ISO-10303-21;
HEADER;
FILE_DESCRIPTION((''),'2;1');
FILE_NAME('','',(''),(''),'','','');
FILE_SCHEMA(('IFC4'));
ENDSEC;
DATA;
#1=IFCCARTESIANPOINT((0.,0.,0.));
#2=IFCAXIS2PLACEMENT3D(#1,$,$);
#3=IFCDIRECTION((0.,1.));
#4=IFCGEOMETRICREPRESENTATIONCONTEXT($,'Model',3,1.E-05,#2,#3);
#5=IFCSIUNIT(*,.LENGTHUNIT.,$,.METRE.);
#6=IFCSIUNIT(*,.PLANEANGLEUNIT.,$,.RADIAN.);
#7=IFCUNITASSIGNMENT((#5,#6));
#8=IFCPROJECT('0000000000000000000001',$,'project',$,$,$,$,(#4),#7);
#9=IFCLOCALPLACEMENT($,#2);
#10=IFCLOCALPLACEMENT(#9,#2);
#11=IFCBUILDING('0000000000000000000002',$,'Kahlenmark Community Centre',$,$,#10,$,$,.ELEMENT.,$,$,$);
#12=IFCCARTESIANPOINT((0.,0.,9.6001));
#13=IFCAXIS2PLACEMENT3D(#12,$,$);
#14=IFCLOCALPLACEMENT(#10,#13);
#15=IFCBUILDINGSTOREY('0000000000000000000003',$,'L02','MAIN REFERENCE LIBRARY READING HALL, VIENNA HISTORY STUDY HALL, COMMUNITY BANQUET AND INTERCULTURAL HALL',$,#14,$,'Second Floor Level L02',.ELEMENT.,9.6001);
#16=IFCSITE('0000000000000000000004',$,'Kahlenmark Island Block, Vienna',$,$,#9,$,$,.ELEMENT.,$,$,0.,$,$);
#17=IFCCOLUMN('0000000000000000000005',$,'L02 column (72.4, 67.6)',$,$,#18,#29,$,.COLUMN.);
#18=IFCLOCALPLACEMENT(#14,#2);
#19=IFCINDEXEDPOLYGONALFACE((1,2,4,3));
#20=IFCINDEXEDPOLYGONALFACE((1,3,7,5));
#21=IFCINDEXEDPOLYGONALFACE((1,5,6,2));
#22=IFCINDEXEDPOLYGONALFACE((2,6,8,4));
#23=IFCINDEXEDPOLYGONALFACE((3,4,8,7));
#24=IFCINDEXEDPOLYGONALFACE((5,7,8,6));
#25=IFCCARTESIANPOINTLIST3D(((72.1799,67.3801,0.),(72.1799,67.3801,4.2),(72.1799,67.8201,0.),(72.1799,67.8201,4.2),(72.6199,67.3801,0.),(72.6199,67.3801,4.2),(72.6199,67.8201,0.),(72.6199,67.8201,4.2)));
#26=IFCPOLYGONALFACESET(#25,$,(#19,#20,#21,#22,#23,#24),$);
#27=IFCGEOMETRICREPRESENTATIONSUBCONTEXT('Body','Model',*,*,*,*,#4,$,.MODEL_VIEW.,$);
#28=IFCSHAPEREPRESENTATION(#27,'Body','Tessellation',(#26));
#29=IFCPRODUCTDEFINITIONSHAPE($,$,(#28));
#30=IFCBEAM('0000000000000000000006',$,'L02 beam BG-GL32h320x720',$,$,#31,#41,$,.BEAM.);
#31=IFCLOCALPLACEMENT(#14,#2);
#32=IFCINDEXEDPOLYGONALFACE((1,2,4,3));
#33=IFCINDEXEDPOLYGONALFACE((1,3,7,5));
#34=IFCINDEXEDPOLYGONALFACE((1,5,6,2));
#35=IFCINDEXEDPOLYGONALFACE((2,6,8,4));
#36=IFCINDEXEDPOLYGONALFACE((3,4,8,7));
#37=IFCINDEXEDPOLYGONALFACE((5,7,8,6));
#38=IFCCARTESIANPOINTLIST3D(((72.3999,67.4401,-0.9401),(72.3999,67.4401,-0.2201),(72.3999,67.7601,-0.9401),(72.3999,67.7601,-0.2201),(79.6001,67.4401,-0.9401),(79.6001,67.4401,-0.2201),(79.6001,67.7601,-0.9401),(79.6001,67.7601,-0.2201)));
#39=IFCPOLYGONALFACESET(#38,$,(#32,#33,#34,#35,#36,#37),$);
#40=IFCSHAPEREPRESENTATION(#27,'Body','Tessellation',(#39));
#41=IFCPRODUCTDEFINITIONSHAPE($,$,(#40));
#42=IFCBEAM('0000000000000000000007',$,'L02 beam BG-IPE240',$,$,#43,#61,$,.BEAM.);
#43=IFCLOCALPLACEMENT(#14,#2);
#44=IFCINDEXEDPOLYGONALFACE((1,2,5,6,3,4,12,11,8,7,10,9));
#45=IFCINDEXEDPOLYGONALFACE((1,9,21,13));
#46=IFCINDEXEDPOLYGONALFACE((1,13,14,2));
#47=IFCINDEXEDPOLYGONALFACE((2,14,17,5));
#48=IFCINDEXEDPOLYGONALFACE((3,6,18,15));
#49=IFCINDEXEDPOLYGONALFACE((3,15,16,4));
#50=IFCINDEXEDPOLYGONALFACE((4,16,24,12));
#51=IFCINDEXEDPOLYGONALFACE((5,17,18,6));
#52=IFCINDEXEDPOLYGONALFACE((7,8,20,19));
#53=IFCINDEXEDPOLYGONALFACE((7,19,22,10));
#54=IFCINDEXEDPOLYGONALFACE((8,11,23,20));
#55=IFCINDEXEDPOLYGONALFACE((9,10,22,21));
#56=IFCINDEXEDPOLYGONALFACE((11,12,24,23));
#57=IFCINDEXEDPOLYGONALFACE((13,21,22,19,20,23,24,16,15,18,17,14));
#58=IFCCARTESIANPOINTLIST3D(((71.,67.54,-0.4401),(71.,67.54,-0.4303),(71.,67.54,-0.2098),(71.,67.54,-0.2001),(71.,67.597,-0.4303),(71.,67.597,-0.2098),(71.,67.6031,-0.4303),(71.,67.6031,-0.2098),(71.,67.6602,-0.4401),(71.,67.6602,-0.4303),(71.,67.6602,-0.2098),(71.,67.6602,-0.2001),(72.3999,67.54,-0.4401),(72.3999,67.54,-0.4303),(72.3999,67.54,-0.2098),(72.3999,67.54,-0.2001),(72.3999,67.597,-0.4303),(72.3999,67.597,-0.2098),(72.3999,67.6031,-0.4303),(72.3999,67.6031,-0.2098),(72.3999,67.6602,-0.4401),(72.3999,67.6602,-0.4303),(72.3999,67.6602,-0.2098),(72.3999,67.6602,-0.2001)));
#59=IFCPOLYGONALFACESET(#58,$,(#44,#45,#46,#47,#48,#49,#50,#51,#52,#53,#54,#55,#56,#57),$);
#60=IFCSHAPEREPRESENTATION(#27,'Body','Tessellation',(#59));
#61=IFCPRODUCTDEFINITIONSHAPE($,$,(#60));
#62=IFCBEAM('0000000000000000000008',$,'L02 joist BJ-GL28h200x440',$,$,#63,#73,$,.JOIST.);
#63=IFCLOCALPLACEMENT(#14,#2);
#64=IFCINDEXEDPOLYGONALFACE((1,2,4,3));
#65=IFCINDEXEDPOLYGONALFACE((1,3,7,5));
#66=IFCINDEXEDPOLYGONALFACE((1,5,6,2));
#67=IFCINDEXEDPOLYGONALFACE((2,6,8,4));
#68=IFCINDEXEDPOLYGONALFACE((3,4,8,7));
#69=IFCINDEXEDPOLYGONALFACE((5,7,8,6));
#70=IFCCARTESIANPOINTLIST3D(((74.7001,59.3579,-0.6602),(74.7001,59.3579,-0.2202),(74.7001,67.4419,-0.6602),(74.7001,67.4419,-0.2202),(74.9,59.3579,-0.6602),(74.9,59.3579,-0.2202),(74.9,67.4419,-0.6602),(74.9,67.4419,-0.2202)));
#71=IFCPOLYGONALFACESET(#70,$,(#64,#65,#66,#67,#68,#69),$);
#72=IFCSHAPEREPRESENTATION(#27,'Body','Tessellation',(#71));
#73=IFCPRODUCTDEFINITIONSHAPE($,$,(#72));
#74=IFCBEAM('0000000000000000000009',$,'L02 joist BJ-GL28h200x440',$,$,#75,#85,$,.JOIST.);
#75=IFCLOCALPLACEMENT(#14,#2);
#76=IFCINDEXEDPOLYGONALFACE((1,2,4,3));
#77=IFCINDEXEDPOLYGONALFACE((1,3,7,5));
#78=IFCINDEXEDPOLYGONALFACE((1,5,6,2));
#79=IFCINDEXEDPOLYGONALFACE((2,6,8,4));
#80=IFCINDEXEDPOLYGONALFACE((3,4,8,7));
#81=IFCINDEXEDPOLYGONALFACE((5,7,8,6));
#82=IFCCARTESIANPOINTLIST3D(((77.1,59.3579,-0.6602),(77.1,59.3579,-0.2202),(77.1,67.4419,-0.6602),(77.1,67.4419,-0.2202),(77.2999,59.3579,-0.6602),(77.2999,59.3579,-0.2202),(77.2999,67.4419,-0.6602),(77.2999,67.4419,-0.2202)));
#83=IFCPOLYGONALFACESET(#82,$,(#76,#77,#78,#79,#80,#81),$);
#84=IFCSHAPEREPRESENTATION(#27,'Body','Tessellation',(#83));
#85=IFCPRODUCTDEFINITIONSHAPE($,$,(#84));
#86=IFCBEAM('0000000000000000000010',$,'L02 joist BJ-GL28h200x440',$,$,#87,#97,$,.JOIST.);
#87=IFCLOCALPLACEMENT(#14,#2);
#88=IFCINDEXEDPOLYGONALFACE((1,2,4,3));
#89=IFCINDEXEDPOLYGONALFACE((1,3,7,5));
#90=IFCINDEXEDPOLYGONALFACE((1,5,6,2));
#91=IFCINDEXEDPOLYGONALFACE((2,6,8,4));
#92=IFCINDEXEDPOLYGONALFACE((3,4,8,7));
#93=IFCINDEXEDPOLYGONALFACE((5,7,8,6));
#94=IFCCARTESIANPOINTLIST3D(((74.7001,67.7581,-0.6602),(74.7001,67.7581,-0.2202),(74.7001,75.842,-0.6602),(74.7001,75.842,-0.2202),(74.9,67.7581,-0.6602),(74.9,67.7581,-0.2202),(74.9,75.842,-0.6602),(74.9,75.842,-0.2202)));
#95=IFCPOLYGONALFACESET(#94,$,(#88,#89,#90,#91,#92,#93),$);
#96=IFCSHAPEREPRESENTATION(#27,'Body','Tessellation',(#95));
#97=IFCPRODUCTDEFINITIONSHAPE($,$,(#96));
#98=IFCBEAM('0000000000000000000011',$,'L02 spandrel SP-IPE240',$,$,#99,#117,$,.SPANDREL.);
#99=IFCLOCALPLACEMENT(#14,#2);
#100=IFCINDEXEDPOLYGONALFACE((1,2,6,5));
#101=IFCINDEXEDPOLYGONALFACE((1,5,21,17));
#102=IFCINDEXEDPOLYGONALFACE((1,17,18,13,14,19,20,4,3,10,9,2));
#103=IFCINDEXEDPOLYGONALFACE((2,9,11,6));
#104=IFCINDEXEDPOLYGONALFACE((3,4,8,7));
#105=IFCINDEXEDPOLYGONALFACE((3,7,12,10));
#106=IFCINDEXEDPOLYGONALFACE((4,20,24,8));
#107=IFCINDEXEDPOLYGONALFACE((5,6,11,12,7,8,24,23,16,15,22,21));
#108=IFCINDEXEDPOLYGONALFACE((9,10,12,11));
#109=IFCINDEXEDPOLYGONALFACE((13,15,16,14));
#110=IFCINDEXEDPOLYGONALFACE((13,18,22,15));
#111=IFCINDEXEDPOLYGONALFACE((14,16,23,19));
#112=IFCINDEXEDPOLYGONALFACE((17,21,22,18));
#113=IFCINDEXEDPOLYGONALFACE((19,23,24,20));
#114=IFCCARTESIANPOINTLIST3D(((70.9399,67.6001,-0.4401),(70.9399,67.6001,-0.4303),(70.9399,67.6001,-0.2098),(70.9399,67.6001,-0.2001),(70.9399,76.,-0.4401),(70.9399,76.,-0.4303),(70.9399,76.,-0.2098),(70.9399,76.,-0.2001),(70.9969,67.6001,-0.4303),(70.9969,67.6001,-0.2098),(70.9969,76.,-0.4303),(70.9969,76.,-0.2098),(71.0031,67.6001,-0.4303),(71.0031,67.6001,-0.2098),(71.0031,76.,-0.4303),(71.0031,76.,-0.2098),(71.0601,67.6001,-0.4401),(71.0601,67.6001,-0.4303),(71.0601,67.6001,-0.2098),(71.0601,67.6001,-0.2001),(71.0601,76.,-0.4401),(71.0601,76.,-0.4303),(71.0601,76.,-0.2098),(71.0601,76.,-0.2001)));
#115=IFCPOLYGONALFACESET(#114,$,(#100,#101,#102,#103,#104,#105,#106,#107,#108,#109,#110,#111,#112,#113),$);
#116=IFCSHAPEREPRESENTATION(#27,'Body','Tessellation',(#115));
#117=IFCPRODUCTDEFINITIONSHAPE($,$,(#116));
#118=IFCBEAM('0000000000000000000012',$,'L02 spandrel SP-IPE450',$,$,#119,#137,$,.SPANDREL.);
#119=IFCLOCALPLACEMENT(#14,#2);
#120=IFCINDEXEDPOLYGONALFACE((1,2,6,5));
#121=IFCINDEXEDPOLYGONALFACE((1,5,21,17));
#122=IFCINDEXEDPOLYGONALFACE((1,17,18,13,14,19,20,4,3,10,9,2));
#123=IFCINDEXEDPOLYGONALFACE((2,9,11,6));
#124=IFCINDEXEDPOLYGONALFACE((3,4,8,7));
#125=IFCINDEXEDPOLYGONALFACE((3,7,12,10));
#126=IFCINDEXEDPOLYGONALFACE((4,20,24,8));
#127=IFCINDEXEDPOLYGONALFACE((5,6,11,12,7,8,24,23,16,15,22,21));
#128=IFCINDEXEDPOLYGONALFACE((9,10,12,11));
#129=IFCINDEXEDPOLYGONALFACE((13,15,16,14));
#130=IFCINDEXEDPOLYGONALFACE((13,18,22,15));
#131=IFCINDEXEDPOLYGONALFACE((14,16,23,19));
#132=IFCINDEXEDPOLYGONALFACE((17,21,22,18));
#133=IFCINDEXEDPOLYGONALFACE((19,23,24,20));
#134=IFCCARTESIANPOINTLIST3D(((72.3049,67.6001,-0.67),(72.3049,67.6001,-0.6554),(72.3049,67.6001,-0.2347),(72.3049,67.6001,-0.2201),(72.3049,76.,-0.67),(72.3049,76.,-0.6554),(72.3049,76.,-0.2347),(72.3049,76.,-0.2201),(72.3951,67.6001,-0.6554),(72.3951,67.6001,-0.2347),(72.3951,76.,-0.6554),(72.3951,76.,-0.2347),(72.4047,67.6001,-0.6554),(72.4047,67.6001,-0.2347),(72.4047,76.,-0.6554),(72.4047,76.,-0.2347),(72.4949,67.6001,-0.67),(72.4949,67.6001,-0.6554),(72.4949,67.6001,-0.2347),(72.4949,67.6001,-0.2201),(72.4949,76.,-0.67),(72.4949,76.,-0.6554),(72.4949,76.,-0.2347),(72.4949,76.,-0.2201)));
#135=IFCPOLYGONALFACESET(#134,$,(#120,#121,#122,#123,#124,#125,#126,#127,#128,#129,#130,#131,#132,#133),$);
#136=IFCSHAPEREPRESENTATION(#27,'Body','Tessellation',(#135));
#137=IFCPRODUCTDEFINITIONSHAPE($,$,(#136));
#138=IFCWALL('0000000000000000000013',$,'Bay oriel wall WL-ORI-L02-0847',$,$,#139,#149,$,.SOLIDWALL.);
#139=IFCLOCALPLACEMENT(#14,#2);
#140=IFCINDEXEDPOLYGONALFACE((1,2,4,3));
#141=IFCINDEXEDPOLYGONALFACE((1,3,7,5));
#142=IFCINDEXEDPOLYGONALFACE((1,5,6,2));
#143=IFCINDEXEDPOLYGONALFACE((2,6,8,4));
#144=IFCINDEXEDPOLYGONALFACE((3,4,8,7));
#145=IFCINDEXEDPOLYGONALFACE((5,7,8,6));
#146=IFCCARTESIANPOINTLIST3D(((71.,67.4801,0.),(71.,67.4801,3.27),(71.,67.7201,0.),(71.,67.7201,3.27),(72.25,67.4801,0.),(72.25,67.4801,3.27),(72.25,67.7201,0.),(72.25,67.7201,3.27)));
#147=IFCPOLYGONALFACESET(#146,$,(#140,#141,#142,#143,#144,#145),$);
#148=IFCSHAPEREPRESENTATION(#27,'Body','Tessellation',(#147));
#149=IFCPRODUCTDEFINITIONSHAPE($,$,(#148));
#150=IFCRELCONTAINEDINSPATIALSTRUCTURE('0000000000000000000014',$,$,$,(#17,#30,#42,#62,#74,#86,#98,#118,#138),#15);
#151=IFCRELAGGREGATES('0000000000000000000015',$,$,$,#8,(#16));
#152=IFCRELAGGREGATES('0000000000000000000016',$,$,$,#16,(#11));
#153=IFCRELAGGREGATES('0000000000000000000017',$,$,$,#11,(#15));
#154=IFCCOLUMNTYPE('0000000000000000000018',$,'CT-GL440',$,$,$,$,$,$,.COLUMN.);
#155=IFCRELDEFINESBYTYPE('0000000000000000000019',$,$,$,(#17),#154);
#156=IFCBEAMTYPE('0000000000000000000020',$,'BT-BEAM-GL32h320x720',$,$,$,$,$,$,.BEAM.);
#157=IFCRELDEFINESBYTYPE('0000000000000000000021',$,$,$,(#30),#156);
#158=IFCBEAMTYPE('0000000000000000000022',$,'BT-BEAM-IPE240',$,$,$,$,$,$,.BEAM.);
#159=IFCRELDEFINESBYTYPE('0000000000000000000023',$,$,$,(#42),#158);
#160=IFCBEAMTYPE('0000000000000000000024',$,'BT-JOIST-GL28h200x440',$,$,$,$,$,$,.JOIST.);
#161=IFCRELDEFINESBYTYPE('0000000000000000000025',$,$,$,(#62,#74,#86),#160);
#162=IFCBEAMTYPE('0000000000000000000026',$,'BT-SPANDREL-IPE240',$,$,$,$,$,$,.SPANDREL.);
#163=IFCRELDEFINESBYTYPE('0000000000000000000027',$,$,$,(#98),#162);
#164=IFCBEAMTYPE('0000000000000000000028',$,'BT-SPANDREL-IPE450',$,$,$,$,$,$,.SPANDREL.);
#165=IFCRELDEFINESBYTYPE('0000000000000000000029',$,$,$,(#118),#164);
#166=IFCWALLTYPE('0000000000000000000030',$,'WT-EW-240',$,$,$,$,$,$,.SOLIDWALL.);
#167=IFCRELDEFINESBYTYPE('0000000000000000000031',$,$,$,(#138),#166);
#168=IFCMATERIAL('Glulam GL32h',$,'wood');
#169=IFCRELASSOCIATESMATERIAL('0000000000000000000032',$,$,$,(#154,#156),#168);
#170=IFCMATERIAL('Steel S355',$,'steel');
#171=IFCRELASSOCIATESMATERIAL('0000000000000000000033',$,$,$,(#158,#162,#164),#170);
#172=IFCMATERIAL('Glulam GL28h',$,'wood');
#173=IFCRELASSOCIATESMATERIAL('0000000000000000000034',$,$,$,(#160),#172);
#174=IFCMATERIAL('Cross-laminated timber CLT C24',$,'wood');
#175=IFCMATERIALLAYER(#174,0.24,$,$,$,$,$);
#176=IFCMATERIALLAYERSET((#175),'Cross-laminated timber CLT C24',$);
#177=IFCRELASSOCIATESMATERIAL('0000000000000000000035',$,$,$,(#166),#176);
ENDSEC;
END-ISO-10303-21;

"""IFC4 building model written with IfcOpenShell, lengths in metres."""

from ifc_helpers import new_model, si_unit, direction, frame, frame_2d, origin, origin_2d, place, context, subcontext, project, spatial, rectangle, i_section, extrude, material, layer, layer_set, material_profile, profile_set, type_object, element, save


model = new_model("IFC4")

# Units and contexts
model_context = context("Model", 3, precision=1e-05, world=origin(), true_north=direction((0.0, 1.0)))
body_context = subcontext(model_context, "Body", "Model", "MODEL_VIEW")
ifc_project = project(units=[si_unit("LENGTHUNIT", "METRE"), si_unit("PLANEANGLEUNIT", "RADIAN")], contexts=[model_context])

# Site, building, storey
site_placement = place(None, origin())
site = spatial("IfcSite", under=ifc_project, at=site_placement, Name="Kahlenmark Island Block, Vienna", CompositionType="ELEMENT", RefElevation=0.0)
building_placement = place(site_placement, origin())
building = spatial("IfcBuilding", under=site, at=building_placement, Name="Kahlenmark Community Centre", CompositionType="ELEMENT")
storey_placement = place(building_placement, frame((0.0, 0.0, 9.6001)))
storey = spatial("IfcBuildingStorey", under=building, at=storey_placement, Name="L02", Description="MAIN REFERENCE LIBRARY READING HALL, VIENNA HISTORY STUDY HALL, COMMUNITY BANQUET AND INTERCULTURAL HALL", LongName="Second Floor Level L02", CompositionType="ELEMENT", Elevation=9.6001)

# Column
ifc_material_1 = material(Name="Glulam GL32h", Category="wood")
ifc_material_profile_1 = material_profile(ifc_material_1, rectangle(XDim=0.4399, YDim=0.4399, at=origin_2d()), Name="GL32h 440x440")
ifc_profile_set_1 = profile_set([ifc_material_profile_1], Name="Glulam GL32h")
column_type = type_object("IfcColumnType", Name="CT-GL440", PredefinedType="COLUMN", material=ifc_profile_set_1)
column_placement = place(storey_placement, frame((72.3999, 67.6001, 0.0), z_axis=(0.0, 0.0, 1.0), x_axis=(1.0, 0.0, 0.0)))
element("IfcColumn", 1, at=column_placement, inside=storey, type_object=column_type, Name="L02 column (72.4, 67.6)", PredefinedType="COLUMN", context=body_context, shape_type="SweptSolid", body=[
    extrude(rectangle(XDim=0.4399, YDim=0.4399, at=origin_2d()), origin(), (0.0, 0.0, 1.0), 4.2),
])

# Beams
ifc_material_profile_2 = material_profile(ifc_material_1, rectangle(XDim=0.3201, YDim=0.72, at=origin_2d()), Name="GL32h 320x720")
ifc_profile_set_2 = profile_set([ifc_material_profile_2], Name="Glulam GL32h")
beam_type_1 = type_object("IfcBeamType", Name="BT-BEAM-GL32h320x720", PredefinedType="BEAM", material=ifc_profile_set_2)
beam_1_placement = place(storey_placement, frame((72.3999, 67.6001, -0.5801), z_axis=(1.0, 0.0, 0.0), x_axis=(0.0, 1.0, 0.0)))
element("IfcBeam", 2, at=beam_1_placement, inside=storey, type_object=beam_type_1, Name="L02 beam BG-GL32h320x720", PredefinedType="BEAM", context=body_context, shape_type="SweptSolid", body=[
    extrude(rectangle(XDim=0.3201, YDim=0.72, at=origin_2d()), origin(), (0.0, 0.0, 1.0), 7.2002),
])
ifc_material_2 = material(Name="Steel S355", Category="steel")
ifc_material_profile_3 = material_profile(ifc_material_2, i_section(OverallWidth=0.1201, OverallDepth=0.24, WebThickness=0.0061, FlangeThickness=0.0098, at=origin_2d()), Name="IPE 240")
ifc_profile_set_3 = profile_set([ifc_material_profile_3], Name="Steel S355")
beam_type_2 = type_object("IfcBeamType", Name="BT-BEAM-IPE240", PredefinedType="BEAM", material=ifc_profile_set_3)
beam_2_placement = place(storey_placement, frame((71.0, 67.6001, -0.3201), z_axis=(1.0, 0.0, 0.0), x_axis=(0.0, 1.0, 0.0)))
element("IfcBeam", 3, at=beam_2_placement, inside=storey, type_object=beam_type_2, Name="L02 beam BG-IPE240", PredefinedType="BEAM", context=body_context, shape_type="SweptSolid", body=[
    extrude(i_section(OverallWidth=0.1201, OverallDepth=0.24, WebThickness=0.0061, FlangeThickness=0.0098, at=origin_2d()), origin(), (0.0, 0.0, 1.0), 1.3999),
])
ifc_material_3 = material(Name="Glulam GL28h", Category="wood")
ifc_material_profile_4 = material_profile(ifc_material_3, rectangle(XDim=0.2, YDim=0.4399, at=origin_2d()), Name="GL28h 200x440")
ifc_profile_set_4 = profile_set([ifc_material_profile_4], Name="Glulam GL28h")
beam_type_3 = type_object("IfcBeamType", Name="BT-JOIST-GL28h200x440", PredefinedType="JOIST", material=ifc_profile_set_4)
for number, where, z_axis, x_axis, name in (
    (4, (74.8, 59.3579, -0.4402), (0.0, 1.0, 0.0), (-1.0, 0.0, 0.0), "L02 joist BJ-GL28h200x440"),
    (5, (77.2, 59.3579, -0.4402), (0.0, 1.0, 0.0), (-1.0, 0.0, 0.0), "L02 joist BJ-GL28h200x440"),
    (6, (74.8, 67.7581, -0.4402), (0.0, 1.0, 0.0), (-1.0, 0.0, 0.0), "L02 joist BJ-GL28h200x440"),
):
    element("IfcBeam", number, at=place(storey_placement, frame(where, z_axis=z_axis, x_axis=x_axis)), inside=storey, type_object=beam_type_3, Name=name, PredefinedType="JOIST", context=body_context, shape_type="SweptSolid", body=[
        extrude(rectangle(XDim=0.2, YDim=0.4399, at=origin_2d()), origin(), (0.0, 0.0, 1.0), 8.084),
    ])
ifc_material_profile_5 = material_profile(ifc_material_2, i_section(OverallWidth=0.1201, OverallDepth=0.24, WebThickness=0.0061, FlangeThickness=0.0098, at=origin_2d()), Name="IPE 240")
ifc_profile_set_5 = profile_set([ifc_material_profile_5], Name="Steel S355")
beam_type_4 = type_object("IfcBeamType", Name="BT-SPANDREL-IPE240", PredefinedType="SPANDREL", material=ifc_profile_set_5)
beam_3_placement = place(storey_placement, frame((71.0, 67.6001, -0.3201), z_axis=(0.0, 1.0, 0.0), x_axis=(-1.0, 0.0, 0.0)))
element("IfcBeam", 7, at=beam_3_placement, inside=storey, type_object=beam_type_4, Name="L02 spandrel SP-IPE240", PredefinedType="SPANDREL", context=body_context, shape_type="SweptSolid", body=[
    extrude(i_section(OverallWidth=0.1201, OverallDepth=0.24, WebThickness=0.0061, FlangeThickness=0.0098, at=origin_2d()), origin(), (0.0, 0.0, 1.0), 8.3999),
])
ifc_material_profile_6 = material_profile(ifc_material_2, i_section(OverallWidth=0.1899, OverallDepth=0.45, WebThickness=0.0095, FlangeThickness=0.0146, at=origin_2d()), Name="IPE 450")
ifc_profile_set_6 = profile_set([ifc_material_profile_6], Name="Steel S355")
beam_type_5 = type_object("IfcBeamType", Name="BT-SPANDREL-IPE450", PredefinedType="SPANDREL", material=ifc_profile_set_6)
beam_4_placement = place(storey_placement, frame((72.3999, 67.6001, -0.4451), z_axis=(0.0, 1.0, 0.0), x_axis=(-1.0, 0.0, 0.0)))
element("IfcBeam", 8, at=beam_4_placement, inside=storey, type_object=beam_type_5, Name="L02 spandrel SP-IPE450", PredefinedType="SPANDREL", context=body_context, shape_type="SweptSolid", body=[
    extrude(i_section(OverallWidth=0.1899, OverallDepth=0.45, WebThickness=0.0095, FlangeThickness=0.0146, at=origin_2d()), origin(), (0.0, 0.0, 1.0), 8.3999),
])

# Wall
ifc_material_4 = material(Name="Cross-laminated timber CLT C24", Category="wood")
ifc_layer_1 = layer(ifc_material_4, 0.24)
ifc_layer_set_1 = layer_set([ifc_layer_1], Name="Cross-laminated timber CLT C24")
wall_type_1 = type_object("IfcWallType", Name="WT-EW-240", PredefinedType="SOLIDWALL", material=ifc_layer_set_1)
wall_1_placement = place(storey_placement, frame((72.25, 67.6001, 0.0), z_axis=(0.0, 0.0, 1.0), x_axis=(-1.0, 0.0, 0.0)))
element("IfcWall", 9, at=wall_1_placement, inside=storey, type_object=wall_type_1, Name="Bay oriel wall WL-ORI-L02-0847", PredefinedType="SOLIDWALL", context=body_context, shape_type="SweptSolid", body=[
    extrude(rectangle(XDim=1.25, YDim=0.24, at=frame_2d((0.625, 0.0))), origin(), (0.0, 0.0, 1.0), 3.27),
])

save(model, "model.ifc")
